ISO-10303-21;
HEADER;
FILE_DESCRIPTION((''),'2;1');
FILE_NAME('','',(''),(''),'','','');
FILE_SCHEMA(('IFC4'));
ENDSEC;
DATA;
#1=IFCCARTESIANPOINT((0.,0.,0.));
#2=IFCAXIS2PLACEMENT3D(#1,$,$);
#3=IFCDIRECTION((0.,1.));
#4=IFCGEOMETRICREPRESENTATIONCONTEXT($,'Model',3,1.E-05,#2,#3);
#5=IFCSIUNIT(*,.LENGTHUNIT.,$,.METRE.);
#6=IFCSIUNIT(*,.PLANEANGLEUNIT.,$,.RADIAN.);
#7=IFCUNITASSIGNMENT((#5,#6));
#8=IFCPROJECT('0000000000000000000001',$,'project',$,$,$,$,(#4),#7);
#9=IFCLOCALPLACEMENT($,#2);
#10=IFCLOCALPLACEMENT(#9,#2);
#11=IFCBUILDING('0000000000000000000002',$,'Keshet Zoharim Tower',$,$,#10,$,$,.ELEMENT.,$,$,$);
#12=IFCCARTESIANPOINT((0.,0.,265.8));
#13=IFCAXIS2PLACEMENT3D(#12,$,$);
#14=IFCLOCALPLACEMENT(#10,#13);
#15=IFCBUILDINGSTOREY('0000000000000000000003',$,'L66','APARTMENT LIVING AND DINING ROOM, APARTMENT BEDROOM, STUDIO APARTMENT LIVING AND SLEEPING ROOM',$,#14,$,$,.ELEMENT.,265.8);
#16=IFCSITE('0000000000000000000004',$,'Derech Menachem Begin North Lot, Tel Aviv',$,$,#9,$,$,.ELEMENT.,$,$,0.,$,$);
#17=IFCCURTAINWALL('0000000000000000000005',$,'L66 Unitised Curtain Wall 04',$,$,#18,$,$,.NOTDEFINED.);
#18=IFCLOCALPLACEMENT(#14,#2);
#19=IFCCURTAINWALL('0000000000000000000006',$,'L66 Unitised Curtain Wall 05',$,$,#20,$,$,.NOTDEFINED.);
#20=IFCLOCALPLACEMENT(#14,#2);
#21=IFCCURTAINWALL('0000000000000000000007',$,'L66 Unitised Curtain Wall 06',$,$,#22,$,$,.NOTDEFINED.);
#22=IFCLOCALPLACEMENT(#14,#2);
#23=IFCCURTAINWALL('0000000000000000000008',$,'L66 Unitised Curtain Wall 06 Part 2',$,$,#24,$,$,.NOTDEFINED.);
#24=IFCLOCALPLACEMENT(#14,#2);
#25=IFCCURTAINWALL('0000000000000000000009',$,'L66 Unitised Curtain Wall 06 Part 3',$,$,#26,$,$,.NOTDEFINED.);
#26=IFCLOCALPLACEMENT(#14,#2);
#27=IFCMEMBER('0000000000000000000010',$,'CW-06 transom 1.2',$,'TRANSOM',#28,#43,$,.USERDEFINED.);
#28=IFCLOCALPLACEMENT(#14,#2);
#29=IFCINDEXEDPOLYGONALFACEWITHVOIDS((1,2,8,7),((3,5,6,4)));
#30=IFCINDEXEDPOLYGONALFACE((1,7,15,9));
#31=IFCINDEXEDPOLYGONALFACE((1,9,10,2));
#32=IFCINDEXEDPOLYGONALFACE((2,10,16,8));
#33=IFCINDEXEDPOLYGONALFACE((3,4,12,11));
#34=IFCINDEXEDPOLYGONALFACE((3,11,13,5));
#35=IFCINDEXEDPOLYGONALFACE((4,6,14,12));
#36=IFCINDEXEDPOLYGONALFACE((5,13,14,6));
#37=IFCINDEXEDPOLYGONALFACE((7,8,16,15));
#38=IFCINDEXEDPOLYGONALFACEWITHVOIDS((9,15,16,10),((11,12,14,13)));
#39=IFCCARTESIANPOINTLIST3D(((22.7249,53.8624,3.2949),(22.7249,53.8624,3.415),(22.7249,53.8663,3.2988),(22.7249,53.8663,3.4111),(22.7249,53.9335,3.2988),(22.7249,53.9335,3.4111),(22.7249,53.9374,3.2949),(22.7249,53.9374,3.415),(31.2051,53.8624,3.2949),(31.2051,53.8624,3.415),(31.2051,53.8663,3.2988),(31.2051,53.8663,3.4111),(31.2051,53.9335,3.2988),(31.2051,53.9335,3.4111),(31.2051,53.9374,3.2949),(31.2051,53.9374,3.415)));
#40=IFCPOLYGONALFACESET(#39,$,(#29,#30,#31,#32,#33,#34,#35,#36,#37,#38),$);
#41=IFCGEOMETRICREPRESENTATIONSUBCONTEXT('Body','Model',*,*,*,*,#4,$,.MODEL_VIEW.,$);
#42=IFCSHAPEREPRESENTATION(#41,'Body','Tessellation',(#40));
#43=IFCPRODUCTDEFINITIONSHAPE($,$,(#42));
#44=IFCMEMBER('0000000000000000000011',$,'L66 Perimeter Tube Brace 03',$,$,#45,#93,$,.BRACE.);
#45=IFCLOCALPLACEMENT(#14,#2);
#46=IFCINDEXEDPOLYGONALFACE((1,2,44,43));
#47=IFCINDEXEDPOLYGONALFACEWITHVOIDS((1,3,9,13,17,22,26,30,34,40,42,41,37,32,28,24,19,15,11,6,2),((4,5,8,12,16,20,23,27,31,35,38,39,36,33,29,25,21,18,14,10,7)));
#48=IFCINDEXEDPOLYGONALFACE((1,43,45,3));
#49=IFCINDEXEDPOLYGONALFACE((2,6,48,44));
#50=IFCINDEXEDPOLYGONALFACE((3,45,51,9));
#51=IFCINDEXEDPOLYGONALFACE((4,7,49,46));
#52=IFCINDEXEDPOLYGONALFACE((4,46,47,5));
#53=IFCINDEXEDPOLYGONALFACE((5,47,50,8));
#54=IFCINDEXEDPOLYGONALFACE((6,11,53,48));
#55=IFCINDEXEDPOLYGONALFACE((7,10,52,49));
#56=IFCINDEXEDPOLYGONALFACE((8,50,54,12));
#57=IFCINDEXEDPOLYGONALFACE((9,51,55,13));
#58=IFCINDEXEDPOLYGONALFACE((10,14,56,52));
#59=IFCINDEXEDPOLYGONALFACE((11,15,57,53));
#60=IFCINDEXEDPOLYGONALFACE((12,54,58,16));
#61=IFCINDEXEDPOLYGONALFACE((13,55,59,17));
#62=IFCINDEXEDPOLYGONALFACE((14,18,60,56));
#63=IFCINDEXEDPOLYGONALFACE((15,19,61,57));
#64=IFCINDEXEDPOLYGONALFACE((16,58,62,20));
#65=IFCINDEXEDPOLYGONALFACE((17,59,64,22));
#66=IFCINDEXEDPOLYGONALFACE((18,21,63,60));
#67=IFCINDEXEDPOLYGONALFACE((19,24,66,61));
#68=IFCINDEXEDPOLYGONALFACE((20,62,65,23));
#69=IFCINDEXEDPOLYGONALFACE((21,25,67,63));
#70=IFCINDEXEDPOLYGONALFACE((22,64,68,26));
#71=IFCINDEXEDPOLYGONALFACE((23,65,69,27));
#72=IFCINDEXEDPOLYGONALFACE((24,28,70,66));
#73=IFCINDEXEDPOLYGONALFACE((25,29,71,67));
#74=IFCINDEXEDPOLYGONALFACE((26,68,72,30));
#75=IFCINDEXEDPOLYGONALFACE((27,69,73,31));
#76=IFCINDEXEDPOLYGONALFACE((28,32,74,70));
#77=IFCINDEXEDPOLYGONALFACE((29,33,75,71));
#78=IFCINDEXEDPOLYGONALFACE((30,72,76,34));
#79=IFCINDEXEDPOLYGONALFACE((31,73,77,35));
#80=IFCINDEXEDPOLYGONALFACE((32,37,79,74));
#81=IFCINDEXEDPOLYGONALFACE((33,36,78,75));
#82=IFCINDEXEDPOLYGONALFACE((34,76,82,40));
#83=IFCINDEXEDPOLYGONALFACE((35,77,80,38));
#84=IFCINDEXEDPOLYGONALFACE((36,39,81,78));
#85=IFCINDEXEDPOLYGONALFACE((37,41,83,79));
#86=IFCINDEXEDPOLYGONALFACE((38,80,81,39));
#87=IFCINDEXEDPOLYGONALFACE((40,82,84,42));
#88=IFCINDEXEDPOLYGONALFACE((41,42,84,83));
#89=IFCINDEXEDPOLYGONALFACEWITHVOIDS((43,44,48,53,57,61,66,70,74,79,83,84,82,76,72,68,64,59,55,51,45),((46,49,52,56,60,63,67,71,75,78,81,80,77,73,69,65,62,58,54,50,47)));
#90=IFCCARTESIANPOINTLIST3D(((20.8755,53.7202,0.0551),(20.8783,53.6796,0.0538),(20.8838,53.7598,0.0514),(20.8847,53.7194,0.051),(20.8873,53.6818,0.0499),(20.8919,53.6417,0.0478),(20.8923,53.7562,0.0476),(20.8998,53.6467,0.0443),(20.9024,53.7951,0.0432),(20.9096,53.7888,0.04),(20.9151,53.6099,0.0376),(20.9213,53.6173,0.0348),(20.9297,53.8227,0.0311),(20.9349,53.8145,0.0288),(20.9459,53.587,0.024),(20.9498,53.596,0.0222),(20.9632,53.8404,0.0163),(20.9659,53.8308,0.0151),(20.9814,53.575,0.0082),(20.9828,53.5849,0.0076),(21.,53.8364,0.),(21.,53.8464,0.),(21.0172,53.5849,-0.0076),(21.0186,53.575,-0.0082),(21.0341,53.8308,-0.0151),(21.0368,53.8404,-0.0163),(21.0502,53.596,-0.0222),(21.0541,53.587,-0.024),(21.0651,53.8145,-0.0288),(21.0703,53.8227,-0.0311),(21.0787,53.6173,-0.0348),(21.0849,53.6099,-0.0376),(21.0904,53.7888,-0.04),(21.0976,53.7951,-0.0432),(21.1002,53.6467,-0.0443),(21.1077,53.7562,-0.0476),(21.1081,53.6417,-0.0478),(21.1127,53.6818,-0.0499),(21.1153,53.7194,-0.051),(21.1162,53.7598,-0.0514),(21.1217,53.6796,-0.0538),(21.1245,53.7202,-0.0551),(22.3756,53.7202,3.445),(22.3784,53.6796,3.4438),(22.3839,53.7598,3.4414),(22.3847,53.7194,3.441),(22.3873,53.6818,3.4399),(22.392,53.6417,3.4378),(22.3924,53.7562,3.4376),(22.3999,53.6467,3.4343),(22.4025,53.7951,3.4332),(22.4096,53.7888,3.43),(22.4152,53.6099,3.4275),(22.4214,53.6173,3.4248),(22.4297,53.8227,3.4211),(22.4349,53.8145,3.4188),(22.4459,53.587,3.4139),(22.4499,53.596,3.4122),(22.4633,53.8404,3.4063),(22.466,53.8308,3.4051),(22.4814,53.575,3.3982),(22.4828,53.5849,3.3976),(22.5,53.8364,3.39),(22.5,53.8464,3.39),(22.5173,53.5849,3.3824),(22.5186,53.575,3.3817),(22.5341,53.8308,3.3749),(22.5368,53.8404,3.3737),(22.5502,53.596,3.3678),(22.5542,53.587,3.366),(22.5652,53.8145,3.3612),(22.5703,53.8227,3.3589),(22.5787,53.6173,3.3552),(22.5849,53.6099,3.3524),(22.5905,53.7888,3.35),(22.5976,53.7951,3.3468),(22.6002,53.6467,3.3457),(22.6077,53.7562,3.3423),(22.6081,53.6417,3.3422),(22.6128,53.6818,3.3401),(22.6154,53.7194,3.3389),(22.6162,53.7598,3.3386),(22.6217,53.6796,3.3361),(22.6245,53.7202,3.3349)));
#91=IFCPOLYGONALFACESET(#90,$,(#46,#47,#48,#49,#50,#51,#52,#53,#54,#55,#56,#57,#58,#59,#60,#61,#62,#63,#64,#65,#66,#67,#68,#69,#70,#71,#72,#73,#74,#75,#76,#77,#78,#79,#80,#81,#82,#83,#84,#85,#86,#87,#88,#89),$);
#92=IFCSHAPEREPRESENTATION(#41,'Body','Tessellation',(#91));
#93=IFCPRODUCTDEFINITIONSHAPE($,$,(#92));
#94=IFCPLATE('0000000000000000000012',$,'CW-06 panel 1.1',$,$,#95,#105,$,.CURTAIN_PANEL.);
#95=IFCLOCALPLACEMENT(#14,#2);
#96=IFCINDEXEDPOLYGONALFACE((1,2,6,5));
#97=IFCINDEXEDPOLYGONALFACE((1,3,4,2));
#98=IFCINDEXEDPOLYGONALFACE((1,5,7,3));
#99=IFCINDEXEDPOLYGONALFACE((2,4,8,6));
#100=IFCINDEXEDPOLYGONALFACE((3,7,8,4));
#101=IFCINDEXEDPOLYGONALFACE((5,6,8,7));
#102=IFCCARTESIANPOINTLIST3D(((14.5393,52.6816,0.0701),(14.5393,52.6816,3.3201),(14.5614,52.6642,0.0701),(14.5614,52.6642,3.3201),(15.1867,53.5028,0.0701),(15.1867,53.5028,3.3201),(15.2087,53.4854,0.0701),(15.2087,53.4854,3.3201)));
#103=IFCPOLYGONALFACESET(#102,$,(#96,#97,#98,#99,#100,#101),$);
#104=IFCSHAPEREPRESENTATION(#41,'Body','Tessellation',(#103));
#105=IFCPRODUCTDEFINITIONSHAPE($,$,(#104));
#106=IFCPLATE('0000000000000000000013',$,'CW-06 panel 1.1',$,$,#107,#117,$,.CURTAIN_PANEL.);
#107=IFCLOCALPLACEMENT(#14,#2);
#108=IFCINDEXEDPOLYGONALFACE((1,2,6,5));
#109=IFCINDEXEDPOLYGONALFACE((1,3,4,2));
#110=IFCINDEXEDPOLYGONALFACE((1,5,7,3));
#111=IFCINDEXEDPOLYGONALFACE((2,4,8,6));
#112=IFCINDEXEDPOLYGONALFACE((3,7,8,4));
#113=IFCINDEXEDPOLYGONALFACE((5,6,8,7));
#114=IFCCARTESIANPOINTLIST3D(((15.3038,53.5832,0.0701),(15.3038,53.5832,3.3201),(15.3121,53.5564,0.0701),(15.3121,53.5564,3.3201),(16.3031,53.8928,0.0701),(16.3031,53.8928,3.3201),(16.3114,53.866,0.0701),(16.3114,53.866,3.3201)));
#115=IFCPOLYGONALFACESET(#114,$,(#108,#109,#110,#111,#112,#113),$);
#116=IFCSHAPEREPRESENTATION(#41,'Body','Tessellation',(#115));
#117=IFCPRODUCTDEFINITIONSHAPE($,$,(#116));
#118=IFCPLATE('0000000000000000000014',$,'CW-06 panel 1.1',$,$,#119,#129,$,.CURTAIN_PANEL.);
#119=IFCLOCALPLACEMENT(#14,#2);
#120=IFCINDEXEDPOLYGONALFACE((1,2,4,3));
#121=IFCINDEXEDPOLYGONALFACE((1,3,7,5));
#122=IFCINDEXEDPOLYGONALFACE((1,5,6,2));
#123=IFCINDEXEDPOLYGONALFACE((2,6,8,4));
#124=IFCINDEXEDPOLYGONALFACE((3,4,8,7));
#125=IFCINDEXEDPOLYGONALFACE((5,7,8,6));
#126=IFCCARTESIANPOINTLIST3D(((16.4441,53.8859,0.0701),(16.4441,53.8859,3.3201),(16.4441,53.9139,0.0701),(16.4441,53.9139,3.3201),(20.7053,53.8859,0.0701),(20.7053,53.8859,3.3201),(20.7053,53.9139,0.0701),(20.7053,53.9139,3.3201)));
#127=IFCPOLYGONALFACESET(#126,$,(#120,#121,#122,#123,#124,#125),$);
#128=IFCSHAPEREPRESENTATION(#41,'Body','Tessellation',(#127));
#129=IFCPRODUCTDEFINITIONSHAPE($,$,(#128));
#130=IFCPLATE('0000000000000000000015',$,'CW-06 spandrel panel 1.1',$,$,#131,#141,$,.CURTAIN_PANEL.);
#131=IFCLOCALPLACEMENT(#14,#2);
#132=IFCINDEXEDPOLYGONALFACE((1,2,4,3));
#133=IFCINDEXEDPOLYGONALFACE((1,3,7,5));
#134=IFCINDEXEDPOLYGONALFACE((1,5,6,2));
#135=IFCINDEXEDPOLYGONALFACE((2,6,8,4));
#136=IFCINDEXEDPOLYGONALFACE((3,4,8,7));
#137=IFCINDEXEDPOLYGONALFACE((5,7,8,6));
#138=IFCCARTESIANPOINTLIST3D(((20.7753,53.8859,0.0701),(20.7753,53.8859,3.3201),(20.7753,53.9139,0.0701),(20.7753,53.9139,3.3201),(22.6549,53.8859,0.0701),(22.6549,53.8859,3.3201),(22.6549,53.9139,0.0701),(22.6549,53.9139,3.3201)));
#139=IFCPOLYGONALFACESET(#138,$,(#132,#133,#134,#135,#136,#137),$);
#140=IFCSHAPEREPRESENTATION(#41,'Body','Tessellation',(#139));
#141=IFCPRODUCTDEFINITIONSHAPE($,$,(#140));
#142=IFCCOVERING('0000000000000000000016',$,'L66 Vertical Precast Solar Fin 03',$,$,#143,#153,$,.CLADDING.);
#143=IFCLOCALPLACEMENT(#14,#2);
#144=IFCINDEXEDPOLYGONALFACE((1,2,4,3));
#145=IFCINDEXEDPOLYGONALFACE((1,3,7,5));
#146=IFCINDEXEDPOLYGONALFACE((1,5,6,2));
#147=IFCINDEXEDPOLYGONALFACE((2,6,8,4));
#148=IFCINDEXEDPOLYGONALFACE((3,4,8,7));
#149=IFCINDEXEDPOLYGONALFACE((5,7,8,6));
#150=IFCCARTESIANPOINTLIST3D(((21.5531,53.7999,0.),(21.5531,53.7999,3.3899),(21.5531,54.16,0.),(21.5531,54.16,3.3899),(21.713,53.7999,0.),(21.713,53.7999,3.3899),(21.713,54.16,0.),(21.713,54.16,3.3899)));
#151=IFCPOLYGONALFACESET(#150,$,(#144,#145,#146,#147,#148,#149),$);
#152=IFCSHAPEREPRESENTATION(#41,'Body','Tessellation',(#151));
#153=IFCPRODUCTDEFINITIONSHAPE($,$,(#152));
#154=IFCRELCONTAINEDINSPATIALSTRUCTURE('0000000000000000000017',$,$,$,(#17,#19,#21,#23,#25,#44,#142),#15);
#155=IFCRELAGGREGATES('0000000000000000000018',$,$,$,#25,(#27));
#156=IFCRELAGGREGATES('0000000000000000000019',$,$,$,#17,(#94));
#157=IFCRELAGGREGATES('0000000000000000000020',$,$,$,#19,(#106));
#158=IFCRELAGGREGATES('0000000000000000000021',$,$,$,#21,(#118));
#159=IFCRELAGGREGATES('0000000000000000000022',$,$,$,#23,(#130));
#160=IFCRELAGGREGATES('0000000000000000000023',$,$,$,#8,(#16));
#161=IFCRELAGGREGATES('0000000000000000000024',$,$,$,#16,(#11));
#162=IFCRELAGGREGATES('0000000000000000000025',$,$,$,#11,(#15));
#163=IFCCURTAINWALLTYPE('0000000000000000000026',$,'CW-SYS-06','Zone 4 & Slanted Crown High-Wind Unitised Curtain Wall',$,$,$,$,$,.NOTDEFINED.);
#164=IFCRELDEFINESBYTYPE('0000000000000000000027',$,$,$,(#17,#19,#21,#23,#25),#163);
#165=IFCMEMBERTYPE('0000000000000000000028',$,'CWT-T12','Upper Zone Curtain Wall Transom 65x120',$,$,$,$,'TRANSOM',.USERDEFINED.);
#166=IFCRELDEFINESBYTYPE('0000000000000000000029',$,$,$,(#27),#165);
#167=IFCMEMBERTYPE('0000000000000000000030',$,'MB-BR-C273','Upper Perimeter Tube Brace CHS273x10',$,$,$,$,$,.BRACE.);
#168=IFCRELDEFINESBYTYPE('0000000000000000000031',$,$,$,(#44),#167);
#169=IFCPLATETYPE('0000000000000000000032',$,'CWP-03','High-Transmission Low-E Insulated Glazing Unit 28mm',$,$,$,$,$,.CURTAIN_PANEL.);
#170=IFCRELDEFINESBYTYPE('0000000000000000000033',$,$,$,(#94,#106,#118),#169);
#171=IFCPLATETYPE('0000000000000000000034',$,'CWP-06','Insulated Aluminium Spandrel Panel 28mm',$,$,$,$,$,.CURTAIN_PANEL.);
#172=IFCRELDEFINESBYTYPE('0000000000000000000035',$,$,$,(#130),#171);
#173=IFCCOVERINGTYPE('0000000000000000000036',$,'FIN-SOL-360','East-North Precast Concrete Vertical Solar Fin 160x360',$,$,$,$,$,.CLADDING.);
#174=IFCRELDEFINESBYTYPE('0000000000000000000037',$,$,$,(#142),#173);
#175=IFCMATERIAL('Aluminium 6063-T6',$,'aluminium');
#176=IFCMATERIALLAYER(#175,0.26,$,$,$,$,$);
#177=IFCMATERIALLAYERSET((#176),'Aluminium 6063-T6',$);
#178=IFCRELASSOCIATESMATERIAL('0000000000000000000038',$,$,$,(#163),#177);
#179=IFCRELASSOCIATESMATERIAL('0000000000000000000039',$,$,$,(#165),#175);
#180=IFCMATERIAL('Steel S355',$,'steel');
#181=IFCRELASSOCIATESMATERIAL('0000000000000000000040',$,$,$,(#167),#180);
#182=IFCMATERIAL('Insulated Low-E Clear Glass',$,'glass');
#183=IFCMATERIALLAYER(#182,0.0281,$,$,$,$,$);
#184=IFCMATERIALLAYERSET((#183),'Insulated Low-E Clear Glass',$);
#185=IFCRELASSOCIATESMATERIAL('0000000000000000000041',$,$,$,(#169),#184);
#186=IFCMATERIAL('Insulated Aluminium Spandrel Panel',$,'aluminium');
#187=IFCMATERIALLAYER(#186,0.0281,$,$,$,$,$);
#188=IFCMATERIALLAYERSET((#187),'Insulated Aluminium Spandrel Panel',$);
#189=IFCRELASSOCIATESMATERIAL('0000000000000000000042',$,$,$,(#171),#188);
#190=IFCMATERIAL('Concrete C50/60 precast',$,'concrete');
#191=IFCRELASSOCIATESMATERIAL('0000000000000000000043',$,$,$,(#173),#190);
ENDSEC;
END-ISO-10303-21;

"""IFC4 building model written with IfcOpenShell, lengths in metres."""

from ifc_helpers import new_model, si_unit, direction, frame, origin, origin_2d, place, context, subcontext, project, spatial, rectangle, hollow_rectangle, hollow_circle, extrude, material, layer, layer_set, material_profile, profile_set, type_object, element, aggregate, save


model = new_model("IFC4")

# Units and contexts
model_context = context("Model", 3, precision=1e-05, world=origin(), true_north=direction((0.0, 1.0)))
body_context = subcontext(model_context, "Body", "Model", "MODEL_VIEW")
ifc_project = project(units=[si_unit("LENGTHUNIT", "METRE"), si_unit("PLANEANGLEUNIT", "RADIAN")], contexts=[model_context])

# Site, building, storey
site_placement = place(None, origin())
site = spatial("IfcSite", under=ifc_project, at=site_placement, Name="Derech Menachem Begin North Lot, Tel Aviv", CompositionType="ELEMENT", RefElevation=0.0)
building_placement = place(site_placement, origin())
building = spatial("IfcBuilding", under=site, at=building_placement, Name="Keshet Zoharim Tower", CompositionType="ELEMENT")
storey_placement = place(building_placement, frame((0.0, 0.0, 265.8)))
storey = spatial("IfcBuildingStorey", under=building, at=storey_placement, Name="L66", Description="APARTMENT LIVING AND DINING ROOM, APARTMENT BEDROOM, STUDIO APARTMENT LIVING AND SLEEPING ROOM", CompositionType="ELEMENT", Elevation=265.8)

# Shared definitions
ifc_material_1 = material(Name="Steel S355", Category="steel")

# Curtain walls
ifc_material_2 = material(Name="Aluminium 6063-T6", Category="aluminium")
ifc_layer_1 = layer(ifc_material_2, 0.26)
ifc_layer_set_1 = layer_set([ifc_layer_1], Name="Aluminium 6063-T6")
curtain_wall_type = type_object("IfcCurtainWallType", Name="CW-SYS-06", Description="Zone 4 & Slanted Crown High-Wind Unitised Curtain Wall", PredefinedType="NOTDEFINED", material=ifc_layer_set_1)
curtain_wall_1_placement = place(storey_placement, origin())
curtain_wall_1 = element("IfcCurtainWall", 1, at=curtain_wall_1_placement, inside=storey, type_object=curtain_wall_type, Name="L66 Unitised Curtain Wall 04", PredefinedType="NOTDEFINED")
curtain_wall_2_placement = place(storey_placement, origin())
curtain_wall_2 = element("IfcCurtainWall", 2, at=curtain_wall_2_placement, inside=storey, type_object=curtain_wall_type, Name="L66 Unitised Curtain Wall 05", PredefinedType="NOTDEFINED")
curtain_wall_3_placement = place(storey_placement, origin())
curtain_wall_3 = element("IfcCurtainWall", 3, at=curtain_wall_3_placement, inside=storey, type_object=curtain_wall_type, Name="L66 Unitised Curtain Wall 06", PredefinedType="NOTDEFINED")

# Curtain wall
curtain_wall_4_placement = place(storey_placement, origin())
curtain_wall_4 = element("IfcCurtainWall", 4, at=curtain_wall_4_placement, inside=storey, type_object=curtain_wall_type, Name="L66 Unitised Curtain Wall 06 Part 2", PredefinedType="NOTDEFINED")

# Shared definitions
ifc_material_profile_1 = material_profile(ifc_material_2, hollow_rectangle(XDim=0.075, YDim=0.1201, WallThickness=0.0039, at=origin_2d()), Name="TRN-75x120")
ifc_profile_set_1 = profile_set([ifc_material_profile_1], Name="Aluminium 6063-T6")
member_type_1 = type_object("IfcMemberType", Name="CWT-T12", Description="Upper Zone Curtain Wall Transom 65x120", ElementType="TRANSOM", PredefinedType="USERDEFINED", material=ifc_profile_set_1)

# Curtain wall, member
curtain_wall_5_placement = place(storey_placement, origin())
curtain_wall_5 = element("IfcCurtainWall", 5, at=curtain_wall_5_placement, inside=storey, type_object=curtain_wall_type, Name="L66 Unitised Curtain Wall 06 Part 3", PredefinedType="NOTDEFINED")
member_1_placement = place(storey_placement, frame((22.7249, 53.8999, 3.355), z_axis=(1.0, 0.0, 0.0), x_axis=(0.0, 1.0, 0.0)))
member_1 = element("IfcMember", 6, at=member_1_placement, type_object=member_type_1, Name="CW-06 transom 1.2", ObjectType="TRANSOM", PredefinedType="USERDEFINED", context=body_context, shape_type="SweptSolid", body=[
    extrude(hollow_rectangle(XDim=0.075, YDim=0.1201, WallThickness=0.0039, at=origin_2d()), origin(), (0.0, 0.0, 1.0), 8.4802),
])
aggregate(curtain_wall_5, [member_1])

# Member
ifc_material_profile_2 = material_profile(ifc_material_1, hollow_circle(Radius=0.1365, WallThickness=0.01, at=origin_2d()), Name="CHS273x10")
ifc_profile_set_2 = profile_set([ifc_material_profile_2], Name="Steel S355")
member_type_2 = type_object("IfcMemberType", Name="MB-BR-C273", Description="Upper Perimeter Tube Brace CHS273x10", PredefinedType="BRACE", material=ifc_profile_set_2)
member_2_placement = place(storey_placement, frame((21.0, 53.71, 0.0), z_axis=(0.404647, 0.0, 0.914473), x_axis=(0.0, 1.0, 0.0)))
element("IfcMember", 7, at=member_2_placement, inside=storey, type_object=member_type_2, Name="L66 Perimeter Tube Brace 03", PredefinedType="BRACE", context=body_context, shape_type="SweptSolid", body=[
    extrude(hollow_circle(Radius=0.1365, WallThickness=0.01, at=origin_2d()), origin(), (0.0, 0.0, 1.0), 3.707),
])

# Plates
ifc_material_3 = material(Name="Insulated Low-E Clear Glass", Category="glass")
ifc_layer_2 = layer(ifc_material_3, 0.0281)
ifc_layer_set_2 = layer_set([ifc_layer_2], Name="Insulated Low-E Clear Glass")
plate_type_1 = type_object("IfcPlateType", Name="CWP-03", Description="High-Transmission Low-E Insulated Glazing Unit 28mm", PredefinedType="CURTAIN_PANEL", material=ifc_layer_set_2)
plate_1_placement = place(storey_placement, frame((14.874, 53.0835, 0.0701), z_axis=(0.0, 0.0, 1.0), x_axis=(0.619125, 0.785293, 0.0)))
plate_1 = element("IfcPlate", 8, at=plate_1_placement, type_object=plate_type_1, Name="CW-06 panel 1.1", PredefinedType="CURTAIN_PANEL", context=body_context, shape_type="SweptSolid", body=[
    extrude(rectangle(XDim=1.0457, YDim=0.0281, at=origin_2d()), origin(), (0.0, 0.0, 1.0), 3.25),
])
aggregate(curtain_wall_1, [plate_1])
plate_2_placement = place(storey_placement, frame((15.8076, 53.7246, 0.0701), z_axis=(0.0, 0.0, 1.0), x_axis=(0.955212, 0.295922, 0.0)))
plate_2 = element("IfcPlate", 9, at=plate_2_placement, type_object=plate_type_1, Name="CW-06 panel 1.1", PredefinedType="CURTAIN_PANEL", context=body_context, shape_type="SweptSolid", body=[
    extrude(rectangle(XDim=1.0461, YDim=0.0281, at=origin_2d()), origin(), (0.0, 0.0, 1.0), 3.25),
])
aggregate(curtain_wall_2, [plate_2])
plate_3_placement = place(storey_placement, frame((18.5747, 53.8999, 0.0701), z_axis=(0.0, 0.0, 1.0), x_axis=(1.0, 0.0, 0.0)))
plate_3 = element("IfcPlate", 10, at=plate_3_placement, type_object=plate_type_1, Name="CW-06 panel 1.1", PredefinedType="CURTAIN_PANEL", context=body_context, shape_type="SweptSolid", body=[
    extrude(rectangle(XDim=4.2612, YDim=0.0281, at=origin_2d()), origin(), (0.0, 0.0, 1.0), 3.25),
])
aggregate(curtain_wall_3, [plate_3])
ifc_material_4 = material(Name="Insulated Aluminium Spandrel Panel", Category="aluminium")
ifc_layer_3 = layer(ifc_material_4, 0.0281)
ifc_layer_set_3 = layer_set([ifc_layer_3], Name="Insulated Aluminium Spandrel Panel")
plate_type_2 = type_object("IfcPlateType", Name="CWP-06", Description="Insulated Aluminium Spandrel Panel 28mm", PredefinedType="CURTAIN_PANEL", material=ifc_layer_set_3)
plate_4_placement = place(storey_placement, frame((21.7151, 53.8999, 0.0701), z_axis=(0.0, 0.0, 1.0), x_axis=(1.0, 0.0, 0.0)))
plate_4 = element("IfcPlate", 11, at=plate_4_placement, type_object=plate_type_2, Name="CW-06 spandrel panel 1.1", PredefinedType="CURTAIN_PANEL", context=body_context, shape_type="SweptSolid", body=[
    extrude(rectangle(XDim=1.8796, YDim=0.0281, at=origin_2d()), origin(), (0.0, 0.0, 1.0), 3.25),
])
aggregate(curtain_wall_4, [plate_4])

# Covering
ifc_material_5 = material(Name="Concrete C50/60 precast", Category="concrete")
covering_type = type_object("IfcCoveringType", Name="FIN-SOL-360", Description="East-North Precast Concrete Vertical Solar Fin 160x360", PredefinedType="CLADDING", material=ifc_material_5)
covering_placement = place(storey_placement, frame((21.6331, 53.98, 0.0), z_axis=(0.0, 0.0, 1.0), x_axis=(1.0, 0.0, 0.0)))
element("IfcCovering", 12, at=covering_placement, inside=storey, type_object=covering_type, Name="L66 Vertical Precast Solar Fin 03", PredefinedType="CLADDING", context=body_context, shape_type="SweptSolid", body=[
    extrude(rectangle(XDim=0.1599, YDim=0.3601, at=origin_2d()), origin(), (0.0, 0.0, 1.0), 3.3899),
])

save(model, "model.ifc")
